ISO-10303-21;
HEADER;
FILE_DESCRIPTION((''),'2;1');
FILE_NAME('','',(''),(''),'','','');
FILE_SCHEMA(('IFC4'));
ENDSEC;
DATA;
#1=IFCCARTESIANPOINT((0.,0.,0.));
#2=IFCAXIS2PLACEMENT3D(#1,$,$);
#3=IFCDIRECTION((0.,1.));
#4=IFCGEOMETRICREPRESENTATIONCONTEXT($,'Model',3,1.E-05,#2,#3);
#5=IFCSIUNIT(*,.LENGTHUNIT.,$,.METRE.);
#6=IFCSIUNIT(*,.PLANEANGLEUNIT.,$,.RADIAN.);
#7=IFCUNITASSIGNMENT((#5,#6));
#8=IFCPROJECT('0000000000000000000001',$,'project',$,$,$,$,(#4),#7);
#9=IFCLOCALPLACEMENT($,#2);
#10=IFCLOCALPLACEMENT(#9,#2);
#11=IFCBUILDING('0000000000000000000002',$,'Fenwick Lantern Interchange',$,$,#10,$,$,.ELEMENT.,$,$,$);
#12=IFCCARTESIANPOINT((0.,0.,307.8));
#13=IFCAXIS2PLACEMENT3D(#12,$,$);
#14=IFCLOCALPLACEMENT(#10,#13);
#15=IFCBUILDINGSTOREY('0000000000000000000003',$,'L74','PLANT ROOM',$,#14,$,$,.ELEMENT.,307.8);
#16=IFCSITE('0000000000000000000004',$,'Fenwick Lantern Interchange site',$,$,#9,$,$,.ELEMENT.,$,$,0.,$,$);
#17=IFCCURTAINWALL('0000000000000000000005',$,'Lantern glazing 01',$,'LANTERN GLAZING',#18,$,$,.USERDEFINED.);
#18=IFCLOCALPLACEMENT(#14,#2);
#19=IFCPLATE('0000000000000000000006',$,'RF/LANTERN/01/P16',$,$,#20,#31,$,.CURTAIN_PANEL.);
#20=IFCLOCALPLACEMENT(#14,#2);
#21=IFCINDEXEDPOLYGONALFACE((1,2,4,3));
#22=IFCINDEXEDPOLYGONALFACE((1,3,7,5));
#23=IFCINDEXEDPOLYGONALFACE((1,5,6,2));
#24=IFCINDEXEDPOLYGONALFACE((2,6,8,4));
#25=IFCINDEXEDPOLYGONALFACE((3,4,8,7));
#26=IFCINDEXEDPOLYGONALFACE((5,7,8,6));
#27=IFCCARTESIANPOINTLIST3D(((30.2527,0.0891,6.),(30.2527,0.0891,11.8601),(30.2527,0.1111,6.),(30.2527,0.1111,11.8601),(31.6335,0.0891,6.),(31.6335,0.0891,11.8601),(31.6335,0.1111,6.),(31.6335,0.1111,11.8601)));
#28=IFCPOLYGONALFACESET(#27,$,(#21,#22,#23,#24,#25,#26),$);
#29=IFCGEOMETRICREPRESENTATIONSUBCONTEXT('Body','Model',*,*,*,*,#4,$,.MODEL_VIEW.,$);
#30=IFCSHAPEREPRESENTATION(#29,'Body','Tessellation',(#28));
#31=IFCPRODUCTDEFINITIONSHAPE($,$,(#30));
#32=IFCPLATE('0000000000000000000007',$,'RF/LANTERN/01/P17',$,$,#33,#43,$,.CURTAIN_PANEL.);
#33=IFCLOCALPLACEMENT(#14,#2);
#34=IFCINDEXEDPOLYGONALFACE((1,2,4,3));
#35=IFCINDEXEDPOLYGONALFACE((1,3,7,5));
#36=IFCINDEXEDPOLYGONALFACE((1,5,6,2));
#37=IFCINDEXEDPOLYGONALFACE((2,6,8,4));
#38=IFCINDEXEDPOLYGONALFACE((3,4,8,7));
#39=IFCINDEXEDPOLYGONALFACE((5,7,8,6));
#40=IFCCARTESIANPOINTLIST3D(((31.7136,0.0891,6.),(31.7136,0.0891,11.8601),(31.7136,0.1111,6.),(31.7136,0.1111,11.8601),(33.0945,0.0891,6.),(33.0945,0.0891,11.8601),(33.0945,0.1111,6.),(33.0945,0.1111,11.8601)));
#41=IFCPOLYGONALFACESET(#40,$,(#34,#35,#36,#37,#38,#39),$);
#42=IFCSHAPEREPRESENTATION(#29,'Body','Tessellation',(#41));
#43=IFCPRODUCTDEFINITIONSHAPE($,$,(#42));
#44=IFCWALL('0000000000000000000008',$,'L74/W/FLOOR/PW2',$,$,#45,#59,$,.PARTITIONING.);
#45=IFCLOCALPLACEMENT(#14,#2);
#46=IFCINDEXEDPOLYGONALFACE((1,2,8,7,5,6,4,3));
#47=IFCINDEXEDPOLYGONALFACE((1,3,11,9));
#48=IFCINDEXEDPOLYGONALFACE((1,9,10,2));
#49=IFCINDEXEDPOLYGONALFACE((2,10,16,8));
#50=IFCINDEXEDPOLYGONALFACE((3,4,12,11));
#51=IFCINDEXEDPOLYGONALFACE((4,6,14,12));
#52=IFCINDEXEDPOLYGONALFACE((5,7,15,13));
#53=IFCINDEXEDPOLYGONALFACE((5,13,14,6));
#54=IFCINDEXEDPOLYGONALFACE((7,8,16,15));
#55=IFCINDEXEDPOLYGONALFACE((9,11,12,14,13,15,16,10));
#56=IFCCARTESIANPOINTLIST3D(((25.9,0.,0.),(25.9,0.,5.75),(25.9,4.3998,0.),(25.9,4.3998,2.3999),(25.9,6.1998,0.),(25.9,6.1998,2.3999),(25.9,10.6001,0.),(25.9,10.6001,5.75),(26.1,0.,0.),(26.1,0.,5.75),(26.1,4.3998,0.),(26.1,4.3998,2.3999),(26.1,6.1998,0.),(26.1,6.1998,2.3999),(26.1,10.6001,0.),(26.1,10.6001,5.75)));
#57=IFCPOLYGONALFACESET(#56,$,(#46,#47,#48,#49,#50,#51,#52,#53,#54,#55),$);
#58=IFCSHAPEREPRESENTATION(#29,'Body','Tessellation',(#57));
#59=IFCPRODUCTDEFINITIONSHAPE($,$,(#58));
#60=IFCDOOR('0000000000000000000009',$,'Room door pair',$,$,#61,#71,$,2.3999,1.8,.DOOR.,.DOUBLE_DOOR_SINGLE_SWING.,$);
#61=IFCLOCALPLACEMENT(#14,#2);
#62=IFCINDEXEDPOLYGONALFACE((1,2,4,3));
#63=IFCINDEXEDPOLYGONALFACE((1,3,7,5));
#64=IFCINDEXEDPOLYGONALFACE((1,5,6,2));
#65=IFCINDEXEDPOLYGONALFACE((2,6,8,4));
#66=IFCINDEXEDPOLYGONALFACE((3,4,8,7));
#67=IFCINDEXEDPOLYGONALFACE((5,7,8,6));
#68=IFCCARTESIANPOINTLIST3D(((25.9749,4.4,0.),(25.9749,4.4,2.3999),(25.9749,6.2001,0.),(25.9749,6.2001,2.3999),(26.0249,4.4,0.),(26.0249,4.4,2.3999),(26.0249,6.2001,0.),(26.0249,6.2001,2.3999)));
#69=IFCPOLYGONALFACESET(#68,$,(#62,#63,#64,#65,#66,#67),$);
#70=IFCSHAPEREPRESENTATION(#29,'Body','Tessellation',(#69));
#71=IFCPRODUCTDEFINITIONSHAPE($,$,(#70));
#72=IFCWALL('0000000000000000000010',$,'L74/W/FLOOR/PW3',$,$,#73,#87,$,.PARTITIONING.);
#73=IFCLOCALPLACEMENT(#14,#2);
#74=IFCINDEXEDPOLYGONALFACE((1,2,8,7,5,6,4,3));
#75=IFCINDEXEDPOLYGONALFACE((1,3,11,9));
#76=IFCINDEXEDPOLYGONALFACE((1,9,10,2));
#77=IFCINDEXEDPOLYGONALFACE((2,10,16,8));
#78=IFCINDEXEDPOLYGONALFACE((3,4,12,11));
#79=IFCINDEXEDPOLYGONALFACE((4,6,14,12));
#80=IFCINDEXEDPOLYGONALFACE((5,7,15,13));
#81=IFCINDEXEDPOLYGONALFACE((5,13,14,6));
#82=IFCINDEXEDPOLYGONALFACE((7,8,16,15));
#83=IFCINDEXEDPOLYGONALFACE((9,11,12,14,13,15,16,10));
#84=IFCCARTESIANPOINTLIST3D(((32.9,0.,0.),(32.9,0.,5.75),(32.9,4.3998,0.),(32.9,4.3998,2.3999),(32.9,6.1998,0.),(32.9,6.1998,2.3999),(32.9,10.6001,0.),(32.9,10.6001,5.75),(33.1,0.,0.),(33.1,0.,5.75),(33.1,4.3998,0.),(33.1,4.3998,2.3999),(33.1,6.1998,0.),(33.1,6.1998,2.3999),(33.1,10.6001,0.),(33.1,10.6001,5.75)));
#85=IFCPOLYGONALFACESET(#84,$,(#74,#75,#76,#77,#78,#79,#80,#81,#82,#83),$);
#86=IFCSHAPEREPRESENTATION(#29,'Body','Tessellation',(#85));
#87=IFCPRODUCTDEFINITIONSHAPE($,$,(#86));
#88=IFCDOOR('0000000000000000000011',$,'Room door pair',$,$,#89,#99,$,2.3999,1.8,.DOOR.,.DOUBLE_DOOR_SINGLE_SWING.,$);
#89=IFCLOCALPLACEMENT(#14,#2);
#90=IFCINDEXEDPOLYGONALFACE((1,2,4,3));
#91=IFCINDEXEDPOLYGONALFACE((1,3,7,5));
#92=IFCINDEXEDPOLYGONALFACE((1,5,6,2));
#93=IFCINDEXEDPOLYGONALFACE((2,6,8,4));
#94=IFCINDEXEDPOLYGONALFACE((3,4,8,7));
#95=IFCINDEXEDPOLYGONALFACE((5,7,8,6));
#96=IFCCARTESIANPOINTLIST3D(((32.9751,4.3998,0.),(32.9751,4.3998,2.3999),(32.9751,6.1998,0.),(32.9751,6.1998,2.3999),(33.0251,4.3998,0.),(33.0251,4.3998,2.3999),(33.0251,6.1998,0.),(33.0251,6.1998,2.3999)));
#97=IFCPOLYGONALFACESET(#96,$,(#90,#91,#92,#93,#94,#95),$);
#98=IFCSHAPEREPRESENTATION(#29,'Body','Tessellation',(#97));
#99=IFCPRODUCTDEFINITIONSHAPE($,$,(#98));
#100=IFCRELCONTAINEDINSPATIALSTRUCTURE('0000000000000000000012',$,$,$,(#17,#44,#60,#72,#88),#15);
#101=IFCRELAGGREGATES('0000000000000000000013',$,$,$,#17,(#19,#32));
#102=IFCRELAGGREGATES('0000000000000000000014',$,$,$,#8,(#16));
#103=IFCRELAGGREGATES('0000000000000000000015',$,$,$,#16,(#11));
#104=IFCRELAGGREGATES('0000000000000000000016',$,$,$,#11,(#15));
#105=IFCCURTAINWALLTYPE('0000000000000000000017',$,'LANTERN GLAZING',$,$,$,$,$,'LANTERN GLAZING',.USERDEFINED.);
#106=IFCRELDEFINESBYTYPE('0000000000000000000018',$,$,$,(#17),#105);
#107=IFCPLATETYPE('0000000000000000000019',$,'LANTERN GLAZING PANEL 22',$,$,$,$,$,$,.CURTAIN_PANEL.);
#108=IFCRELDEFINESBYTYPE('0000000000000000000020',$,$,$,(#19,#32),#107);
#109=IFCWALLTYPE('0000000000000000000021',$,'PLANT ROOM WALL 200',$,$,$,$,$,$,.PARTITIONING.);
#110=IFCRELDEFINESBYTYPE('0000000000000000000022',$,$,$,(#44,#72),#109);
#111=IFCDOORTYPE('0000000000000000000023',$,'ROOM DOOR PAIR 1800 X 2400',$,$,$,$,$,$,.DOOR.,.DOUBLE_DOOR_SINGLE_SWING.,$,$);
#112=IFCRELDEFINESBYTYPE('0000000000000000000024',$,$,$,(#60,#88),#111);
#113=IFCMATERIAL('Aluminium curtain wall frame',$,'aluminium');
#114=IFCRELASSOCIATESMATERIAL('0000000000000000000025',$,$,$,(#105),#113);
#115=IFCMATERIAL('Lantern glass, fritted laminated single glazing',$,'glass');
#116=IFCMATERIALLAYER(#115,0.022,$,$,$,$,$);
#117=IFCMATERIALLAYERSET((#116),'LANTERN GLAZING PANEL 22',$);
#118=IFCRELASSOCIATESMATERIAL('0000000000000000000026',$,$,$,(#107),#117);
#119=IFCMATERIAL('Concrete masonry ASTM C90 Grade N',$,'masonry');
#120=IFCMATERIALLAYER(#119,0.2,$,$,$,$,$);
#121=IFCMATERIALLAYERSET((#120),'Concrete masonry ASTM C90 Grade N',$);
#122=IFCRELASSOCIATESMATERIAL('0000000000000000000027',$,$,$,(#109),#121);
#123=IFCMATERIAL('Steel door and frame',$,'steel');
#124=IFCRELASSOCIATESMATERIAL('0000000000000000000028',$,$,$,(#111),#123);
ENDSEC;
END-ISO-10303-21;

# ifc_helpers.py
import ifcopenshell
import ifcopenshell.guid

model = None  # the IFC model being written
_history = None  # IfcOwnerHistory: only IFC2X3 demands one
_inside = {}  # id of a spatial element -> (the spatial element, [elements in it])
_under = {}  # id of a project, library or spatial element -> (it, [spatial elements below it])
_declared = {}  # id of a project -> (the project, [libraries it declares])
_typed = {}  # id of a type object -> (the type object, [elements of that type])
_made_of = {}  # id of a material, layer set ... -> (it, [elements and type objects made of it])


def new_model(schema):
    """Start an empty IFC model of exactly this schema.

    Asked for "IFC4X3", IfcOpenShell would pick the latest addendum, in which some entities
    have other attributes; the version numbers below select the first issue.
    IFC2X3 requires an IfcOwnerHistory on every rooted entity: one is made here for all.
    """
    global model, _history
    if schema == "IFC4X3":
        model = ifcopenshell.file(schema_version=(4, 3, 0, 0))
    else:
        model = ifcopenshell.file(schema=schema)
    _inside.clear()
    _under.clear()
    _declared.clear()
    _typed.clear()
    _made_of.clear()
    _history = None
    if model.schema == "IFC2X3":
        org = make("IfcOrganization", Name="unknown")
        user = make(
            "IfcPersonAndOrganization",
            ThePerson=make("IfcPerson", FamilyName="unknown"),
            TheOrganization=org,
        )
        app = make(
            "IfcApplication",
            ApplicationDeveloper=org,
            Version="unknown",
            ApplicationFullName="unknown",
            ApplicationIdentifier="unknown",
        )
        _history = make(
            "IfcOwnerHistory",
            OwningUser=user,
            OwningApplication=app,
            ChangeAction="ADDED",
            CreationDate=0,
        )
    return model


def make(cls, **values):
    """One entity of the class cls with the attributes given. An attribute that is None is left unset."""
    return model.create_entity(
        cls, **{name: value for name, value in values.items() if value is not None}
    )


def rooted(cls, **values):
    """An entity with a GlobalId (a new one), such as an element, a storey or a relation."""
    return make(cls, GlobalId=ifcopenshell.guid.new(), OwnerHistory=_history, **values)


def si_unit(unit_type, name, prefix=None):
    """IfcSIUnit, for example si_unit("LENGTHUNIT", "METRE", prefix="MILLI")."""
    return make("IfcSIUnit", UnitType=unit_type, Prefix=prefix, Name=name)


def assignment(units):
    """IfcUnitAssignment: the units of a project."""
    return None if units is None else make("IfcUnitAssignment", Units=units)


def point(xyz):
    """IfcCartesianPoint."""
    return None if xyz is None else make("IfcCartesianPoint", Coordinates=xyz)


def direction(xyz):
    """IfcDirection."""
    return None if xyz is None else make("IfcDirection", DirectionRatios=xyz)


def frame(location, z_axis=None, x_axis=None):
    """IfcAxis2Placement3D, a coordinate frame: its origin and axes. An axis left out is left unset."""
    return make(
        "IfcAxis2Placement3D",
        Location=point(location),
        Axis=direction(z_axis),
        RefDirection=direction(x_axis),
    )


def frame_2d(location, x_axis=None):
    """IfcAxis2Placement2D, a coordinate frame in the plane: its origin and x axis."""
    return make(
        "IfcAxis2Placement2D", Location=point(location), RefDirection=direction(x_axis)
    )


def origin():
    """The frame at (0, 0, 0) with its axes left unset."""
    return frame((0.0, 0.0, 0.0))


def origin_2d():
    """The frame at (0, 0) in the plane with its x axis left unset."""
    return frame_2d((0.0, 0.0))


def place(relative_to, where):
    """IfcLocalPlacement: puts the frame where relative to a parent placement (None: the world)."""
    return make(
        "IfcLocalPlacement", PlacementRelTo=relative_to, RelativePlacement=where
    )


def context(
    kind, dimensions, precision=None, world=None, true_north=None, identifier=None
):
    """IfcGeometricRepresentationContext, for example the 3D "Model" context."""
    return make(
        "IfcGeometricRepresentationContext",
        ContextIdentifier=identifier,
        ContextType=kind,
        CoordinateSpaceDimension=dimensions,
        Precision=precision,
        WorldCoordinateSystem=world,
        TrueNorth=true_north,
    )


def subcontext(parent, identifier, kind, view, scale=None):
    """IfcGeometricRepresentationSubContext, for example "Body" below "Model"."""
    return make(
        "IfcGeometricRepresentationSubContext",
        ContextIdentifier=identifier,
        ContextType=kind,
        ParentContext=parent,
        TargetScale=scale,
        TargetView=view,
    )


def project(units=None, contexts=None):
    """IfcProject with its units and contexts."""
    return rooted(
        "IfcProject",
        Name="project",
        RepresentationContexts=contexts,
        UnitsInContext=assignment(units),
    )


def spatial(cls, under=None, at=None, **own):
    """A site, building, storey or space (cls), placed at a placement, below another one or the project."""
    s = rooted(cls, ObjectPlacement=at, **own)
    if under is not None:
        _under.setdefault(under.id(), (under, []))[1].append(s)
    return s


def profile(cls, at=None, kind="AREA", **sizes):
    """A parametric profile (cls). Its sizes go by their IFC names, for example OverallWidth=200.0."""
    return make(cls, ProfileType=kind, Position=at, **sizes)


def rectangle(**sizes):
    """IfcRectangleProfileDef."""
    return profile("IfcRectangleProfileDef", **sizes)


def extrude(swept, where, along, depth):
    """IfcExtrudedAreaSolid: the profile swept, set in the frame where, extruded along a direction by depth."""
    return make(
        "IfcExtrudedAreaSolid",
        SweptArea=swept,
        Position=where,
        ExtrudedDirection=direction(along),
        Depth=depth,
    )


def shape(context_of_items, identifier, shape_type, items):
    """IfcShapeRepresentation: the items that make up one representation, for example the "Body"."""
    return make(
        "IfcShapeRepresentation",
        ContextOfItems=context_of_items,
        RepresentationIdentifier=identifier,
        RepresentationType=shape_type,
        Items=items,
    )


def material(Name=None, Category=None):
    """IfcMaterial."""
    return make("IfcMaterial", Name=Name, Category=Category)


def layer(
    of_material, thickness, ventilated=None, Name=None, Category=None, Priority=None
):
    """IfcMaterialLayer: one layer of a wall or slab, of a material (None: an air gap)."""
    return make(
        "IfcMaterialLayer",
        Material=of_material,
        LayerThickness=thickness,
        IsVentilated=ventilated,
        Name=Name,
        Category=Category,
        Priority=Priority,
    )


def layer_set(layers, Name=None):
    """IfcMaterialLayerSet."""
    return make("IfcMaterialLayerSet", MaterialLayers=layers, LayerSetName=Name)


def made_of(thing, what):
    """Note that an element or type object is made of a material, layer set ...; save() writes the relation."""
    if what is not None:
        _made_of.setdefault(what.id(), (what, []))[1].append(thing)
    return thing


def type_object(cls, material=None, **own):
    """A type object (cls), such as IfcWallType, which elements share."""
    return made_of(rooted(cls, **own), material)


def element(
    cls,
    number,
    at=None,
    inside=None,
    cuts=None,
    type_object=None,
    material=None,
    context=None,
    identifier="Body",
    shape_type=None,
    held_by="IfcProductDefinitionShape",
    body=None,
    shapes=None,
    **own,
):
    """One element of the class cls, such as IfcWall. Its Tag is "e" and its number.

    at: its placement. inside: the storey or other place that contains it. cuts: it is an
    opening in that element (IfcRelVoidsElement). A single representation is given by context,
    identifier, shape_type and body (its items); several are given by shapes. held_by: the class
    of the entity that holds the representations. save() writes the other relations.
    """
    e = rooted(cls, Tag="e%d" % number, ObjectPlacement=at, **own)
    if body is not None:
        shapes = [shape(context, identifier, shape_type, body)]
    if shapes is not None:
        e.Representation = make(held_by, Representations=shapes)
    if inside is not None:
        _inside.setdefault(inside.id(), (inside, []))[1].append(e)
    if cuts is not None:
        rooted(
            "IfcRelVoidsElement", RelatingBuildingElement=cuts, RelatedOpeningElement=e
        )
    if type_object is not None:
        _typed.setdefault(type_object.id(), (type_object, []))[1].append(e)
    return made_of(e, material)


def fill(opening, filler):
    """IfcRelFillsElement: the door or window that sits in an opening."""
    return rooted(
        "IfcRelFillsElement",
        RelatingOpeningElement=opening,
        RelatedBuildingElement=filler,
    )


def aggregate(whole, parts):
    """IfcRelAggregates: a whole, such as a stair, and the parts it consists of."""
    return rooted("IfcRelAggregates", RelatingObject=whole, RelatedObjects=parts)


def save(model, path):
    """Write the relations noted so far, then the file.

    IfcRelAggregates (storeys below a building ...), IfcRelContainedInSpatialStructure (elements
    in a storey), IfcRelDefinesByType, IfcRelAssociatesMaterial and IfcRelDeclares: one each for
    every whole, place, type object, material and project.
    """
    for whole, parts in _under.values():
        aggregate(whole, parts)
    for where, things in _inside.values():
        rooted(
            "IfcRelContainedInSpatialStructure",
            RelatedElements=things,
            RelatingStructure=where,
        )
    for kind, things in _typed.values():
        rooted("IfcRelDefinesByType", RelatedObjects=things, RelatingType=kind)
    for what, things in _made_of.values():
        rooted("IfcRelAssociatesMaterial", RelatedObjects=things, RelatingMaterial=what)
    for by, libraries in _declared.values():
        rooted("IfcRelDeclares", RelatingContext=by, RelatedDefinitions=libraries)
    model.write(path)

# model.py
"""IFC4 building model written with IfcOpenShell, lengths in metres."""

from ifc_helpers import new_model, si_unit, direction, frame, frame_2d, origin, origin_2d, place, context, subcontext, project, spatial, rectangle, extrude, material, layer, layer_set, type_object, element, fill, aggregate, save


model = new_model("IFC4")

# Units and contexts
model_context = context("Model", 3, precision=1e-05, world=origin(), true_north=direction((0.0, 1.0)))
body_context = subcontext(model_context, "Body", "Model", "MODEL_VIEW")
ifc_project = project(units=[si_unit("LENGTHUNIT", "METRE"), si_unit("PLANEANGLEUNIT", "RADIAN")], contexts=[model_context])

# Site, building, storey
site_placement = place(None, origin())
site = spatial("IfcSite", under=ifc_project, at=site_placement, Name="Fenwick Lantern Interchange site", CompositionType="ELEMENT", RefElevation=0.0)
building_placement = place(site_placement, origin())
building = spatial("IfcBuilding", under=site, at=building_placement, Name="Fenwick Lantern Interchange", CompositionType="ELEMENT")
storey_placement = place(building_placement, frame((0.0, 0.0, 307.8)))
storey = spatial("IfcBuildingStorey", under=building, at=storey_placement, Name="L74", Description="PLANT ROOM", CompositionType="ELEMENT", Elevation=307.8)

# Curtain wall
ifc_material_1 = material(Name="Aluminium curtain wall frame", Category="aluminium")
curtain_wall_type = type_object("IfcCurtainWallType", Name="LANTERN GLAZING", ElementType="LANTERN GLAZING", PredefinedType="USERDEFINED", material=ifc_material_1)
curtain_wall_1_placement = place(storey_placement, origin())
curtain_wall_1 = element("IfcCurtainWall", 1, at=curtain_wall_1_placement, inside=storey, type_object=curtain_wall_type, Name="Lantern glazing 01", ObjectType="LANTERN GLAZING", PredefinedType="USERDEFINED")

# Plates
ifc_material_2 = material(Name="Lantern glass, fritted laminated single glazing", Category="glass")
ifc_layer_1 = layer(ifc_material_2, 0.022)
ifc_layer_set_1 = layer_set([ifc_layer_1], Name="LANTERN GLAZING PANEL 22")
plate_type = type_object("IfcPlateType", Name="LANTERN GLAZING PANEL 22", PredefinedType="CURTAIN_PANEL", material=ifc_layer_set_1)
plate_1_placement = place(storey_placement, frame((30.9431, 0.1001, 6.0), z_axis=(0.0, 0.0, 1.0), x_axis=(1.0, 0.0, 0.0)))
plate_1 = element("IfcPlate", 2, at=plate_1_placement, type_object=plate_type, Name="RF/LANTERN/01/P16", PredefinedType="CURTAIN_PANEL", context=body_context, shape_type="SweptSolid", body=[
    extrude(rectangle(XDim=1.3809, YDim=0.022, at=origin_2d()), origin(), (0.0, 0.0, 1.0), 5.8601),
])
plate_2_placement = place(storey_placement, frame((32.4041, 0.1001, 6.0), z_axis=(0.0, 0.0, 1.0), x_axis=(1.0, 0.0, 0.0)))
plate_2 = element("IfcPlate", 3, at=plate_2_placement, type_object=plate_type, Name="RF/LANTERN/01/P17", PredefinedType="CURTAIN_PANEL", context=body_context, shape_type="SweptSolid", body=[
    extrude(rectangle(XDim=1.3809, YDim=0.022, at=origin_2d()), origin(), (0.0, 0.0, 1.0), 5.8601),
])
aggregate(curtain_wall_1, [plate_1, plate_2])

# Walls, openings, doors
ifc_material_3 = material(Name="Concrete masonry ASTM C90 Grade N", Category="masonry")
ifc_layer_2 = layer(ifc_material_3, 0.2)
ifc_layer_set_2 = layer_set([ifc_layer_2], Name="Concrete masonry ASTM C90 Grade N")
wall_type = type_object("IfcWallType", Name="PLANT ROOM WALL 200", PredefinedType="PARTITIONING", material=ifc_layer_set_2)
wall_1_placement = place(storey_placement, frame((26.0, 0.0, 0.0), z_axis=(0.0, 0.0, 1.0), x_axis=(0.0, 1.0, 0.0)))
wall_1 = element("IfcWall", 4, at=wall_1_placement, inside=storey, type_object=wall_type, Name="L74/W/FLOOR/PW2", PredefinedType="PARTITIONING", context=body_context, shape_type="SweptSolid", body=[
    extrude(rectangle(XDim=10.6001, YDim=0.2, at=frame_2d((5.3, 0.0))), origin(), (0.0, 0.0, 1.0), 5.75),
])
opening_1_placement = place(wall_1_placement, frame((4.3999, 0.0, 0.0)))
opening_1 = element("IfcOpeningElement", 5, at=opening_1_placement, cuts=wall_1, PredefinedType="OPENING", context=body_context, shape_type="SweptSolid", body=[
    extrude(rectangle(XDim=1.8, YDim=2.3999, at=frame_2d((0.8999, 1.2))), frame((0.0, 0.1099, 0.0), z_axis=(0.0, -1.0, 0.0), x_axis=(1.0, 0.0, 0.0)), (0.0, 0.0, 1.0), 0.22),
])
ifc_material_4 = material(Name="Steel door and frame", Category="steel")
door_type = type_object("IfcDoorType", Name="ROOM DOOR PAIR 1800 X 2400", OperationType="DOUBLE_DOOR_SINGLE_SWING", PredefinedType="DOOR", material=ifc_material_4)
door_1_placement = place(opening_1_placement, frame((1.8, 0.0, 0.0), z_axis=(0.0, 0.0, 1.0), x_axis=(-1.0, 0.0, 0.0)))
door_1 = element("IfcDoor", 6, at=door_1_placement, inside=storey, type_object=door_type, Name="Room door pair", OperationType="DOUBLE_DOOR_SINGLE_SWING", OverallHeight=2.3999, OverallWidth=1.8, PredefinedType="DOOR", context=body_context, shape_type="SweptSolid", body=[
    extrude(rectangle(XDim=1.8, YDim=2.3999, at=frame_2d((0.8999, 1.2))), frame((0.0, 0.0249, 0.0), z_axis=(0.0, -1.0, 0.0), x_axis=(1.0, 0.0, 0.0)), (0.0, 0.0, 1.0), 0.05),
])
fill(opening_1, door_1)
wall_2_placement = place(storey_placement, frame((33.0, 0.0, 0.0), z_axis=(0.0, 0.0, 1.0), x_axis=(0.0, 1.0, 0.0)))
wall_2 = element("IfcWall", 7, at=wall_2_placement, inside=storey, type_object=wall_type, Name="L74/W/FLOOR/PW3", PredefinedType="PARTITIONING", context=body_context, shape_type="SweptSolid", body=[
    extrude(rectangle(XDim=10.6001, YDim=0.2, at=frame_2d((5.3, 0.0))), origin(), (0.0, 0.0, 1.0), 5.75),
])
opening_2_placement = place(wall_2_placement, frame((4.3999, 0.0, 0.0)))
opening_2 = element("IfcOpeningElement", 8, at=opening_2_placement, cuts=wall_2, PredefinedType="OPENING", context=body_context, shape_type="SweptSolid", body=[
    extrude(rectangle(XDim=1.8, YDim=2.3999, at=frame_2d((0.8999, 1.2))), frame((0.0, 0.1099, 0.0), z_axis=(0.0, -1.0, 0.0), x_axis=(1.0, 0.0, 0.0)), (0.0, 0.0, 1.0), 0.22),
])
door_2_placement = place(opening_2_placement, origin())
door_2 = element("IfcDoor", 9, at=door_2_placement, inside=storey, type_object=door_type, Name="Room door pair", OperationType="DOUBLE_DOOR_SINGLE_SWING", OverallHeight=2.3999, OverallWidth=1.8, PredefinedType="DOOR", context=body_context, shape_type="SweptSolid", body=[
    extrude(rectangle(XDim=1.8, YDim=2.3999, at=frame_2d((0.8999, 1.2))), frame((0.0, 0.0249, 0.0), z_axis=(0.0, -1.0, 0.0), x_axis=(1.0, 0.0, 0.0)), (0.0, 0.0, 1.0), 0.05),
])
fill(opening_2, door_2)

save(model, "model.ifc")
